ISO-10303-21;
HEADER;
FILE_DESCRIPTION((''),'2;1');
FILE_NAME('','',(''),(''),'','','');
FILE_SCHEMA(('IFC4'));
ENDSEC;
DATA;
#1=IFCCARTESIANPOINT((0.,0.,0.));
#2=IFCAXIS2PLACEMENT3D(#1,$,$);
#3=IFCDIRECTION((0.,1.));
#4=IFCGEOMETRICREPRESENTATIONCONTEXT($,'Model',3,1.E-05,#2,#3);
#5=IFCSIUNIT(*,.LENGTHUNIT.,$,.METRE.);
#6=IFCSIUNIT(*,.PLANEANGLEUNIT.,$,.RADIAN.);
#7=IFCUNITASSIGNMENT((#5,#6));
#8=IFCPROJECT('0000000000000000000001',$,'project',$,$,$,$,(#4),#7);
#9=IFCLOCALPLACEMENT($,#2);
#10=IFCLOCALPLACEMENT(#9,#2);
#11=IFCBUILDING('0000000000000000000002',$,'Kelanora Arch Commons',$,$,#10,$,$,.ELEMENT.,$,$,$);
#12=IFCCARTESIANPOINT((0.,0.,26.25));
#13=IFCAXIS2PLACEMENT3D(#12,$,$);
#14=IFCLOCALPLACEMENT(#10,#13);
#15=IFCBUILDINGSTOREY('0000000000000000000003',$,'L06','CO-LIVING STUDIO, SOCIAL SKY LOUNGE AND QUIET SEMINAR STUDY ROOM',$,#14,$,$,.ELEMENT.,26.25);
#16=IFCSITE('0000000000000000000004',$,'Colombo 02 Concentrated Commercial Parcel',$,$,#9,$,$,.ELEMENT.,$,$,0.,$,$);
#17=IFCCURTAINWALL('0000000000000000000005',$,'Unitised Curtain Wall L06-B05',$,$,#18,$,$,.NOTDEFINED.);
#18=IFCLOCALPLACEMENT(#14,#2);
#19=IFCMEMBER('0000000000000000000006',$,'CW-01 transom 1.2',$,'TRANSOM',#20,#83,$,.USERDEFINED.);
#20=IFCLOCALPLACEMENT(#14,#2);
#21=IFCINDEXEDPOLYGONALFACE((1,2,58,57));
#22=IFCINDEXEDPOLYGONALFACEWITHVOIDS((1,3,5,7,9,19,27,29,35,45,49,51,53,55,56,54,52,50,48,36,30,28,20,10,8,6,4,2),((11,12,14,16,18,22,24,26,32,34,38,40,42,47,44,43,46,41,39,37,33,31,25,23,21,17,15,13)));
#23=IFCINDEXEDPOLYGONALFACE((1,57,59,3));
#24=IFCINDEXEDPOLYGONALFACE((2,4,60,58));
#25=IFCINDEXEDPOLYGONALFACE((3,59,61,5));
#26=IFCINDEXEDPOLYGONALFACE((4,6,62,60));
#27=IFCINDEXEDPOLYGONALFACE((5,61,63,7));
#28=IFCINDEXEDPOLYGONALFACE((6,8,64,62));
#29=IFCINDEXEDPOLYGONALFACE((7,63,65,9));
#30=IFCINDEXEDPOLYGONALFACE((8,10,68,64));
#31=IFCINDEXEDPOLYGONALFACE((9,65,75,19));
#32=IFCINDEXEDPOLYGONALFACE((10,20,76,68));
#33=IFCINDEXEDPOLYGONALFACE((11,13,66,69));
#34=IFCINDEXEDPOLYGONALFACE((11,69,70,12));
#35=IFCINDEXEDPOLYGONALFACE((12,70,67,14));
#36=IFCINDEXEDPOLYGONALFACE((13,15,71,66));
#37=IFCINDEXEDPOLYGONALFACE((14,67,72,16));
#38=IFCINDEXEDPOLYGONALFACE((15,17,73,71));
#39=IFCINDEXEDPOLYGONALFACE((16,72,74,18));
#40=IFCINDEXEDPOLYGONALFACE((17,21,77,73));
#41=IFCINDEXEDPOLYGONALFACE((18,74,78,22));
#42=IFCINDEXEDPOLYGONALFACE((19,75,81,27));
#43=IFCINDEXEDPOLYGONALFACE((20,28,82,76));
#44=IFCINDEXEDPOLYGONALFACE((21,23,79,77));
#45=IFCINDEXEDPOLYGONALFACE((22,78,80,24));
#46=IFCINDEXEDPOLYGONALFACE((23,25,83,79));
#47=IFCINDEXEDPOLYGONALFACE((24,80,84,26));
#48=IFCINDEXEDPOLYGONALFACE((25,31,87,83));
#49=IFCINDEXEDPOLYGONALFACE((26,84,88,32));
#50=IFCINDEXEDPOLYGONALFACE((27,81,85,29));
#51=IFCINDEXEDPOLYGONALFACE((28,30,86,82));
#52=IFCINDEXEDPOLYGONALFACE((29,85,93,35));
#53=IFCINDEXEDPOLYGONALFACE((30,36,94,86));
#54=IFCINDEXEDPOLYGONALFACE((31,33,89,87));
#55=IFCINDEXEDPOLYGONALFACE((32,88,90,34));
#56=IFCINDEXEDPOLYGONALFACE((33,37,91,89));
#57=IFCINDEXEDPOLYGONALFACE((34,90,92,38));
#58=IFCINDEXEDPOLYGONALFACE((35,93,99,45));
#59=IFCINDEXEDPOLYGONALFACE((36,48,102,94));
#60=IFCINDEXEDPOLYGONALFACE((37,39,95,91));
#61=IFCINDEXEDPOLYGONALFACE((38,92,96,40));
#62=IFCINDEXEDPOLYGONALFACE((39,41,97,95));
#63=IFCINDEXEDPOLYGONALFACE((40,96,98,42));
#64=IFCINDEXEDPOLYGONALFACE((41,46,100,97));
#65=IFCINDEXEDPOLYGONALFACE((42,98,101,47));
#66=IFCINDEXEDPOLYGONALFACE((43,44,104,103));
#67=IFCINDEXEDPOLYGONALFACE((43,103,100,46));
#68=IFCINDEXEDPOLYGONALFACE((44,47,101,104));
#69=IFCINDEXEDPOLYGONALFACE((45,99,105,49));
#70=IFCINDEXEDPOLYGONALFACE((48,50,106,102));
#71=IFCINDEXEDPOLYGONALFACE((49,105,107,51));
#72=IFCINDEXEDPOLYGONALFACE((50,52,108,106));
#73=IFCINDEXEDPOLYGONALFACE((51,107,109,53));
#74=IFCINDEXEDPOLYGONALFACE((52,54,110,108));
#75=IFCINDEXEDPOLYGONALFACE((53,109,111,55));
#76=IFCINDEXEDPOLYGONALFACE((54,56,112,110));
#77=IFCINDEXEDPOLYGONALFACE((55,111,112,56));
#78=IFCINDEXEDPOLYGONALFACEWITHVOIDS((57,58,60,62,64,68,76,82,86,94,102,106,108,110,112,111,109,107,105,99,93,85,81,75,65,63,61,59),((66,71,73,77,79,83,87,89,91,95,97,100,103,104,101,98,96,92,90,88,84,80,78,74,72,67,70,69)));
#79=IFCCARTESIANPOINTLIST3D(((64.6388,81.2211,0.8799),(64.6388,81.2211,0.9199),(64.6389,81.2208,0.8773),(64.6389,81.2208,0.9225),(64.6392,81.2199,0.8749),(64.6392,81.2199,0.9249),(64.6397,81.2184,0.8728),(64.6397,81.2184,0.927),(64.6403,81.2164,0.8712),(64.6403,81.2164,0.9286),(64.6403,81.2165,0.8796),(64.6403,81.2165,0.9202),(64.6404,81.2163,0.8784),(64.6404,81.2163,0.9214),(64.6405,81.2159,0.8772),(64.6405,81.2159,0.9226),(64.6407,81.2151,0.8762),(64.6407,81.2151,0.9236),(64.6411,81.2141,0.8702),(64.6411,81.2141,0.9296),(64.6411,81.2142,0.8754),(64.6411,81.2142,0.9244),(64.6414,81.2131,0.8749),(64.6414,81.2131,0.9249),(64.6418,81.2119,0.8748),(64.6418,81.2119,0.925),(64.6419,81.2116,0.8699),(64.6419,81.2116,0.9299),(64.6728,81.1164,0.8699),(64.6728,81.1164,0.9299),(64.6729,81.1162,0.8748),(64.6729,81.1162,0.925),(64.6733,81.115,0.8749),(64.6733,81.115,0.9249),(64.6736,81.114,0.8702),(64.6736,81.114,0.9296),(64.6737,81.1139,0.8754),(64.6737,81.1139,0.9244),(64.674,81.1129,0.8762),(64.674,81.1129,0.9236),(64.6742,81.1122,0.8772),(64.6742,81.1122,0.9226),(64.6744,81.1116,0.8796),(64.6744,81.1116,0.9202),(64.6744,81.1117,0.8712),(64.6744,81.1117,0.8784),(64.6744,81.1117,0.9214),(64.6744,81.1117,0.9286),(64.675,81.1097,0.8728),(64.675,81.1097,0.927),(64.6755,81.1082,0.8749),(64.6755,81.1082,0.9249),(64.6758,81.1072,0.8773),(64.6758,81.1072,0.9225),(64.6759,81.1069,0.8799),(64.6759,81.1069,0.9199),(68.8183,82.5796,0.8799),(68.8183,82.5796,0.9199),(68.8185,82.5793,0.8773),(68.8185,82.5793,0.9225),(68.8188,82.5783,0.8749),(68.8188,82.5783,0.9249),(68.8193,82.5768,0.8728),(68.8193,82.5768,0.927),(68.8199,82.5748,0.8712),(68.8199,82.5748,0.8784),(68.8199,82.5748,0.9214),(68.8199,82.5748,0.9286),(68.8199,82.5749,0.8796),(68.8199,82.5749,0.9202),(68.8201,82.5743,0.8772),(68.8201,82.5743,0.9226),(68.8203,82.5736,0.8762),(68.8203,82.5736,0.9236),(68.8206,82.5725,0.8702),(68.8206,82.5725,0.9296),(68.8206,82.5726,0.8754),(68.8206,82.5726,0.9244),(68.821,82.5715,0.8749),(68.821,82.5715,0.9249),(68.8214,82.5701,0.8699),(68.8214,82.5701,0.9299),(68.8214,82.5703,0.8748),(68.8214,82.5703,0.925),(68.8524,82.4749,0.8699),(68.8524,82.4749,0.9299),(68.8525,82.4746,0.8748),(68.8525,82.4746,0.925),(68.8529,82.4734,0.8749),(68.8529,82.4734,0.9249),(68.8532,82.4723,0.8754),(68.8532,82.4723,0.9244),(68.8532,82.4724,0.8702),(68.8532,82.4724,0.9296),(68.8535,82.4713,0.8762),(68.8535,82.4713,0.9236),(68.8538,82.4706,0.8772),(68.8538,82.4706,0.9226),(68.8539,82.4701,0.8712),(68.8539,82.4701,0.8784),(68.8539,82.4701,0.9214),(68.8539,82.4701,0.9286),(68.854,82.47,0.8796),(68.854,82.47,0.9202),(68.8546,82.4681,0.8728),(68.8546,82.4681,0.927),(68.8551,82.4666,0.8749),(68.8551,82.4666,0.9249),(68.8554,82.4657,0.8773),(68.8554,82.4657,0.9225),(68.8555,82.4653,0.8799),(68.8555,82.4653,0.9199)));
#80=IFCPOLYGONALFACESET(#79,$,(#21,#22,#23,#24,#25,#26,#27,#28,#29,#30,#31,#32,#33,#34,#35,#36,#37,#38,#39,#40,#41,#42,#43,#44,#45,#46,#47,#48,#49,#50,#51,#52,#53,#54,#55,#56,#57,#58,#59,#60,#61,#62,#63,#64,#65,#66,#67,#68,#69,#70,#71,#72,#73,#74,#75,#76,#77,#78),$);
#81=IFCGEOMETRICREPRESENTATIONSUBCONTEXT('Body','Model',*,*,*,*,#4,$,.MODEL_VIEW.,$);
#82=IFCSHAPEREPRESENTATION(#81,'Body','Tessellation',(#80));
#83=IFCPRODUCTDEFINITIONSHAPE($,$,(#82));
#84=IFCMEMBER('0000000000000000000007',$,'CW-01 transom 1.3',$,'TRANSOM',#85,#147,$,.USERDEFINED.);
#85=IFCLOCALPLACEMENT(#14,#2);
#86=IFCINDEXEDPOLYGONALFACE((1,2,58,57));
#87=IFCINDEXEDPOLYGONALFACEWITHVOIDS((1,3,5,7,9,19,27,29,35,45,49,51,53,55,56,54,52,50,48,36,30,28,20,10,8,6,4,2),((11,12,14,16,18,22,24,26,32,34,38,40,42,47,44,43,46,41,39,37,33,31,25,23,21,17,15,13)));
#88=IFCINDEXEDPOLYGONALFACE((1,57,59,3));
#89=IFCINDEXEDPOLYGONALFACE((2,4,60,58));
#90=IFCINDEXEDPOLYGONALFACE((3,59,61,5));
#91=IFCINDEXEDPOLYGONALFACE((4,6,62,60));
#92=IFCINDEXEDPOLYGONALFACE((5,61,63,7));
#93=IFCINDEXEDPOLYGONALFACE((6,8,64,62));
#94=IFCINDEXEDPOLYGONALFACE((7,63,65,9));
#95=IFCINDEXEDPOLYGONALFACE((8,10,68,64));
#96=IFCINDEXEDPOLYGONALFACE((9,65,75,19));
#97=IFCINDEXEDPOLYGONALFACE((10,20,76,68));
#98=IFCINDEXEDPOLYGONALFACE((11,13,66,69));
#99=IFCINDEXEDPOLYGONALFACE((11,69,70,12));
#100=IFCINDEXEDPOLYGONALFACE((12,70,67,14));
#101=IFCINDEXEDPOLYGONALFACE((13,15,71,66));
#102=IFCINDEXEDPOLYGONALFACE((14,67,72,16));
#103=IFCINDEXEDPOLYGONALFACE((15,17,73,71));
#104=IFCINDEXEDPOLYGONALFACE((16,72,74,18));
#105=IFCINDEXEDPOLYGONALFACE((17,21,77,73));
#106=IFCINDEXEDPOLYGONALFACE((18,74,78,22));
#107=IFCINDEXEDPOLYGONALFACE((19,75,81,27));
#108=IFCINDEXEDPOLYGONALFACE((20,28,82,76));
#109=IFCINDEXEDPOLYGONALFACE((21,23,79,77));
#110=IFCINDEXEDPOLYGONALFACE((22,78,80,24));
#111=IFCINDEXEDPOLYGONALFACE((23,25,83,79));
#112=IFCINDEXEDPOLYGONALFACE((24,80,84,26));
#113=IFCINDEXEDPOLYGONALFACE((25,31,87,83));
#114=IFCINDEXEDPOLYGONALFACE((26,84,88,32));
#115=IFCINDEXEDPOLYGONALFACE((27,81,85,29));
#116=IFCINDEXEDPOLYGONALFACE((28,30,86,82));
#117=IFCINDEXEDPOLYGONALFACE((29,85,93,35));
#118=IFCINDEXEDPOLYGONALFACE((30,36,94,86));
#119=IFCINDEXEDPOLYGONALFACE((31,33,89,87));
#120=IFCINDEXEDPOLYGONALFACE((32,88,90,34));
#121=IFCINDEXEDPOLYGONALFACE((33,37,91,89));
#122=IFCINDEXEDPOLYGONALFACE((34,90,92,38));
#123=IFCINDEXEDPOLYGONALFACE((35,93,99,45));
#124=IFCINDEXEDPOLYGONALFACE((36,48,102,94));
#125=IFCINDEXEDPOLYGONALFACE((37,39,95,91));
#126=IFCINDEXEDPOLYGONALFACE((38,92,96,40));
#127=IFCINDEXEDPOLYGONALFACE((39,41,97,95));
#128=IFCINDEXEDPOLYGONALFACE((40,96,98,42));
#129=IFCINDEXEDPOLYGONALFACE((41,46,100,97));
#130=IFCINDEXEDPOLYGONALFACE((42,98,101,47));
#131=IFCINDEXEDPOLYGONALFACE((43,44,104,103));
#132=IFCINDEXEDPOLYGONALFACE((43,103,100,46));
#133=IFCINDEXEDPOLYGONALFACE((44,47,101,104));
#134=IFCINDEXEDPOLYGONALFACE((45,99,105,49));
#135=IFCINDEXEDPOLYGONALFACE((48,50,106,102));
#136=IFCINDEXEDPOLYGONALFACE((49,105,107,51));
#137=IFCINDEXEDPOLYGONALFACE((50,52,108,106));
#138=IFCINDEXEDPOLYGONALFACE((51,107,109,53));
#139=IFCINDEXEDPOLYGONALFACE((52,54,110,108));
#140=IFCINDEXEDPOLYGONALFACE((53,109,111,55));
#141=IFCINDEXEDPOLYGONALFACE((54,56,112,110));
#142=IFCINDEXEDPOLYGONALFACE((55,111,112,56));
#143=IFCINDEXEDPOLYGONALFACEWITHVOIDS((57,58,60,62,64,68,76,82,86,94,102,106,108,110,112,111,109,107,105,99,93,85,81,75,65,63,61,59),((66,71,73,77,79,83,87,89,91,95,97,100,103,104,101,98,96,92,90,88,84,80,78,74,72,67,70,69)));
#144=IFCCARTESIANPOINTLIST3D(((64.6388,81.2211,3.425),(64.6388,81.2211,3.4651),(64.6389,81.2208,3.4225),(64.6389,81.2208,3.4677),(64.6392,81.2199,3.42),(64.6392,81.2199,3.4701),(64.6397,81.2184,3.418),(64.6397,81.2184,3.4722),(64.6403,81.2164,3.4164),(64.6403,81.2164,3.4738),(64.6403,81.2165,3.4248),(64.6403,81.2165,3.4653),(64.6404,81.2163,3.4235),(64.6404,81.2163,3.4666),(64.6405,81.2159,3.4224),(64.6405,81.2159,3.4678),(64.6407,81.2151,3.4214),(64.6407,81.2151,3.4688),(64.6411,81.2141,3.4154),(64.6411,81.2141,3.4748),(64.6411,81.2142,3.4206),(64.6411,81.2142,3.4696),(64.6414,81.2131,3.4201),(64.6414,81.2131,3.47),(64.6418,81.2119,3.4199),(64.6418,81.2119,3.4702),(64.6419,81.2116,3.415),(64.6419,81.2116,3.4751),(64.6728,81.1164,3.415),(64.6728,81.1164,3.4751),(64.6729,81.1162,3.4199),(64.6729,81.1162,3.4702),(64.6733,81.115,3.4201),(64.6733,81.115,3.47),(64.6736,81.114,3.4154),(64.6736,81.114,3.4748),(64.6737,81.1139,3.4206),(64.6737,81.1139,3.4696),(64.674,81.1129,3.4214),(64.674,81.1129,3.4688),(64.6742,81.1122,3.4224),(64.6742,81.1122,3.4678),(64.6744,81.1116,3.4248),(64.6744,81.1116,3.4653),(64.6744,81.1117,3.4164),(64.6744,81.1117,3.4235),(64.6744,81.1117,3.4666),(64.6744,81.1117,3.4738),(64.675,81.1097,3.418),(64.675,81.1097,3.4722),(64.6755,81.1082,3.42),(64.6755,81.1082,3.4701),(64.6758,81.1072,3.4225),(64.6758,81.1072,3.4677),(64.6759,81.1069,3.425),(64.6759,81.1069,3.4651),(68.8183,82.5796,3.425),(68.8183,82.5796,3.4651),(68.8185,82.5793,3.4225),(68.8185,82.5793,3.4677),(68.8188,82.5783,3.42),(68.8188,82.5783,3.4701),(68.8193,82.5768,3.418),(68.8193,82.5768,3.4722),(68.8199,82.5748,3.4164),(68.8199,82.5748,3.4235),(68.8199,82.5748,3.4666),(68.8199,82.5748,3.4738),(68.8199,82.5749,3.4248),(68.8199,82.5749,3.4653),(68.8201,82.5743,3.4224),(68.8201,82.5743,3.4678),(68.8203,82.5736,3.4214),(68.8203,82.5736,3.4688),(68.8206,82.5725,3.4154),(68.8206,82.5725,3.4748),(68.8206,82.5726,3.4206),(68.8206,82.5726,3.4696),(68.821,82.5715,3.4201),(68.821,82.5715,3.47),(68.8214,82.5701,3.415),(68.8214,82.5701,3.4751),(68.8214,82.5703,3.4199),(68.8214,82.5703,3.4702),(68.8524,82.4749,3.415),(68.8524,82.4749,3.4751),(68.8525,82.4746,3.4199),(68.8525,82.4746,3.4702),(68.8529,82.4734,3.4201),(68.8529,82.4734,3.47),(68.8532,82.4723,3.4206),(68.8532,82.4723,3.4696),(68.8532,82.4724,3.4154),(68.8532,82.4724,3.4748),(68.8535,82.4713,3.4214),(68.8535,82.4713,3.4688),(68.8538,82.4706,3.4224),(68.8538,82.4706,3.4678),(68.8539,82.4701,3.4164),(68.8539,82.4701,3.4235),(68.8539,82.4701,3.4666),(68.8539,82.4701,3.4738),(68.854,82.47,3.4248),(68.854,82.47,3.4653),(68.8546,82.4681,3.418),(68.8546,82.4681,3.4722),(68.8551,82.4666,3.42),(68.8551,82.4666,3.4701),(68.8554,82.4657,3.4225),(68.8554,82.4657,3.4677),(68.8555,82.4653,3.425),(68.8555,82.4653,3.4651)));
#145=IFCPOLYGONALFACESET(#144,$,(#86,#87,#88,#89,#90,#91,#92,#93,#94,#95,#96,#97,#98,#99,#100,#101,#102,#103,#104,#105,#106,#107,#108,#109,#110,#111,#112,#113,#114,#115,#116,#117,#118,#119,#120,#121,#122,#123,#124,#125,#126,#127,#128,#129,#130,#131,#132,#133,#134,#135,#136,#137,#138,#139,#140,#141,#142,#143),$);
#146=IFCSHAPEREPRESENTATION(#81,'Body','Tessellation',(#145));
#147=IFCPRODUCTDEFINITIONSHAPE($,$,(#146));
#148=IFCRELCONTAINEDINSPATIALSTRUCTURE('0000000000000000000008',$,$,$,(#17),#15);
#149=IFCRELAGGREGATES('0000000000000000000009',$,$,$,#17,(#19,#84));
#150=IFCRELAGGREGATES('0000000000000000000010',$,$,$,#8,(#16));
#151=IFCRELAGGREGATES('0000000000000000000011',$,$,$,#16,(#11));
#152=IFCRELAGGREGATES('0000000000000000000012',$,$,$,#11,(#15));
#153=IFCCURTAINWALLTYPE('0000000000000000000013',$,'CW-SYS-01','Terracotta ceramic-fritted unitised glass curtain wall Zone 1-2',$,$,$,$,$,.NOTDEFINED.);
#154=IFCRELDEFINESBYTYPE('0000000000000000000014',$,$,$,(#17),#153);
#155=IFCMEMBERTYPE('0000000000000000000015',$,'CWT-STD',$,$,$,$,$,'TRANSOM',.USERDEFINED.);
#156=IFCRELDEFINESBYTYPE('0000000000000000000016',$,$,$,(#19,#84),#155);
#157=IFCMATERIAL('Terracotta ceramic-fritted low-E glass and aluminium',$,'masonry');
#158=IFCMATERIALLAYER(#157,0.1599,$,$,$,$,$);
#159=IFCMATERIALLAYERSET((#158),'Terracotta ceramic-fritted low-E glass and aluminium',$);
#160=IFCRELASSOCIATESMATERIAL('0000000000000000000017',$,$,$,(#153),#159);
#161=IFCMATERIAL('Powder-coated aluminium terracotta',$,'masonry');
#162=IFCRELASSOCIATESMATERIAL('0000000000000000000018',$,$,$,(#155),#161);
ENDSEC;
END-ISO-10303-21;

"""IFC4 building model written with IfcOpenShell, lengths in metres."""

from ifc_helpers import new_model, si_unit, direction, frame, origin, origin_2d, place, context, subcontext, project, spatial, hollow_rectangle, extrude, material, layer, layer_set, material_profile, profile_set, type_object, element, aggregate, save


model = new_model("IFC4")

# Units and contexts
model_context = context("Model", 3, precision=1e-05, world=origin(), true_north=direction((0.0, 1.0)))
body_context = subcontext(model_context, "Body", "Model", "MODEL_VIEW")
ifc_project = project(units=[si_unit("LENGTHUNIT", "METRE"), si_unit("PLANEANGLEUNIT", "RADIAN")], contexts=[model_context])

# Site, building, storey
site_placement = place(None, origin())
site = spatial("IfcSite", under=ifc_project, at=site_placement, Name="Colombo 02 Concentrated Commercial Parcel", CompositionType="ELEMENT", RefElevation=0.0)
building_placement = place(site_placement, origin())
building = spatial("IfcBuilding", under=site, at=building_placement, Name="Kelanora Arch Commons", CompositionType="ELEMENT")
storey_placement = place(building_placement, frame((0.0, 0.0, 26.25)))
storey = spatial("IfcBuildingStorey", under=building, at=storey_placement, Name="L06", Description="CO-LIVING STUDIO, SOCIAL SKY LOUNGE AND QUIET SEMINAR STUDY ROOM", CompositionType="ELEMENT", Elevation=26.25)

# Curtain wall, members
ifc_material_1 = material(Name="Terracotta ceramic-fritted low-E glass and aluminium", Category="masonry")
ifc_layer_1 = layer(ifc_material_1, 0.1599)
ifc_layer_set_1 = layer_set([ifc_layer_1], Name="Terracotta ceramic-fritted low-E glass and aluminium")
curtain_wall_type = type_object("IfcCurtainWallType", Name="CW-SYS-01", Description="Terracotta ceramic-fritted unitised glass curtain wall Zone 1-2", PredefinedType="NOTDEFINED", material=ifc_layer_set_1)
curtain_wall_placement = place(storey_placement, origin())
curtain_wall = element("IfcCurtainWall", 1, at=curtain_wall_placement, inside=storey, type_object=curtain_wall_type, Name="Unitised Curtain Wall L06-B05", PredefinedType="NOTDEFINED")
ifc_material_2 = material(Name="Powder-coated aluminium terracotta", Category="masonry")
ifc_material_profile_1 = material_profile(ifc_material_2, hollow_rectangle(XDim=0.1201, YDim=0.0601, WallThickness=0.0049, InnerFilletRadius=0.0049, OuterFilletRadius=0.01, at=origin_2d()), Name="CWT120x60")
ifc_profile_set_1 = profile_set([ifc_material_profile_1], Name="Powder-coated aluminium terracotta")
member_type_1 = type_object("IfcMemberType", Name="CWT-STD", ElementType="TRANSOM", PredefinedType="USERDEFINED", material=ifc_profile_set_1)
member_1_placement = place(storey_placement, frame((68.8369, 82.5225, 0.8999), z_axis=(-0.951029, -0.309102, 0.0), x_axis=(0.309102, -0.951029, 0.0)))
member_1 = element("IfcMember", 2, at=member_1_placement, type_object=member_type_1, Name="CW-01 transom 1.2", ObjectType="TRANSOM", PredefinedType="USERDEFINED", context=body_context, shape_type="SweptSolid", body=[
    extrude(hollow_rectangle(XDim=0.1201, YDim=0.0601, WallThickness=0.0049, InnerFilletRadius=0.0049, OuterFilletRadius=0.01, at=origin_2d()), origin(), (0.0, 0.0, 1.0), 4.3948),
])
member_2_placement = place(storey_placement, frame((68.8369, 82.5225, 3.4451), z_axis=(-0.951029, -0.309102, 0.0), x_axis=(0.309102, -0.951029, 0.0)))
member_2 = element("IfcMember", 3, at=member_2_placement, type_object=member_type_1, Name="CW-01 transom 1.3", ObjectType="TRANSOM", PredefinedType="USERDEFINED", context=body_context, shape_type="SweptSolid", body=[
    extrude(hollow_rectangle(XDim=0.1201, YDim=0.0601, WallThickness=0.0049, InnerFilletRadius=0.0049, OuterFilletRadius=0.01, at=origin_2d()), origin(), (0.0, 0.0, 1.0), 4.3948),
])
aggregate(curtain_wall, [member_1, member_2])

save(model, "model.ifc")
